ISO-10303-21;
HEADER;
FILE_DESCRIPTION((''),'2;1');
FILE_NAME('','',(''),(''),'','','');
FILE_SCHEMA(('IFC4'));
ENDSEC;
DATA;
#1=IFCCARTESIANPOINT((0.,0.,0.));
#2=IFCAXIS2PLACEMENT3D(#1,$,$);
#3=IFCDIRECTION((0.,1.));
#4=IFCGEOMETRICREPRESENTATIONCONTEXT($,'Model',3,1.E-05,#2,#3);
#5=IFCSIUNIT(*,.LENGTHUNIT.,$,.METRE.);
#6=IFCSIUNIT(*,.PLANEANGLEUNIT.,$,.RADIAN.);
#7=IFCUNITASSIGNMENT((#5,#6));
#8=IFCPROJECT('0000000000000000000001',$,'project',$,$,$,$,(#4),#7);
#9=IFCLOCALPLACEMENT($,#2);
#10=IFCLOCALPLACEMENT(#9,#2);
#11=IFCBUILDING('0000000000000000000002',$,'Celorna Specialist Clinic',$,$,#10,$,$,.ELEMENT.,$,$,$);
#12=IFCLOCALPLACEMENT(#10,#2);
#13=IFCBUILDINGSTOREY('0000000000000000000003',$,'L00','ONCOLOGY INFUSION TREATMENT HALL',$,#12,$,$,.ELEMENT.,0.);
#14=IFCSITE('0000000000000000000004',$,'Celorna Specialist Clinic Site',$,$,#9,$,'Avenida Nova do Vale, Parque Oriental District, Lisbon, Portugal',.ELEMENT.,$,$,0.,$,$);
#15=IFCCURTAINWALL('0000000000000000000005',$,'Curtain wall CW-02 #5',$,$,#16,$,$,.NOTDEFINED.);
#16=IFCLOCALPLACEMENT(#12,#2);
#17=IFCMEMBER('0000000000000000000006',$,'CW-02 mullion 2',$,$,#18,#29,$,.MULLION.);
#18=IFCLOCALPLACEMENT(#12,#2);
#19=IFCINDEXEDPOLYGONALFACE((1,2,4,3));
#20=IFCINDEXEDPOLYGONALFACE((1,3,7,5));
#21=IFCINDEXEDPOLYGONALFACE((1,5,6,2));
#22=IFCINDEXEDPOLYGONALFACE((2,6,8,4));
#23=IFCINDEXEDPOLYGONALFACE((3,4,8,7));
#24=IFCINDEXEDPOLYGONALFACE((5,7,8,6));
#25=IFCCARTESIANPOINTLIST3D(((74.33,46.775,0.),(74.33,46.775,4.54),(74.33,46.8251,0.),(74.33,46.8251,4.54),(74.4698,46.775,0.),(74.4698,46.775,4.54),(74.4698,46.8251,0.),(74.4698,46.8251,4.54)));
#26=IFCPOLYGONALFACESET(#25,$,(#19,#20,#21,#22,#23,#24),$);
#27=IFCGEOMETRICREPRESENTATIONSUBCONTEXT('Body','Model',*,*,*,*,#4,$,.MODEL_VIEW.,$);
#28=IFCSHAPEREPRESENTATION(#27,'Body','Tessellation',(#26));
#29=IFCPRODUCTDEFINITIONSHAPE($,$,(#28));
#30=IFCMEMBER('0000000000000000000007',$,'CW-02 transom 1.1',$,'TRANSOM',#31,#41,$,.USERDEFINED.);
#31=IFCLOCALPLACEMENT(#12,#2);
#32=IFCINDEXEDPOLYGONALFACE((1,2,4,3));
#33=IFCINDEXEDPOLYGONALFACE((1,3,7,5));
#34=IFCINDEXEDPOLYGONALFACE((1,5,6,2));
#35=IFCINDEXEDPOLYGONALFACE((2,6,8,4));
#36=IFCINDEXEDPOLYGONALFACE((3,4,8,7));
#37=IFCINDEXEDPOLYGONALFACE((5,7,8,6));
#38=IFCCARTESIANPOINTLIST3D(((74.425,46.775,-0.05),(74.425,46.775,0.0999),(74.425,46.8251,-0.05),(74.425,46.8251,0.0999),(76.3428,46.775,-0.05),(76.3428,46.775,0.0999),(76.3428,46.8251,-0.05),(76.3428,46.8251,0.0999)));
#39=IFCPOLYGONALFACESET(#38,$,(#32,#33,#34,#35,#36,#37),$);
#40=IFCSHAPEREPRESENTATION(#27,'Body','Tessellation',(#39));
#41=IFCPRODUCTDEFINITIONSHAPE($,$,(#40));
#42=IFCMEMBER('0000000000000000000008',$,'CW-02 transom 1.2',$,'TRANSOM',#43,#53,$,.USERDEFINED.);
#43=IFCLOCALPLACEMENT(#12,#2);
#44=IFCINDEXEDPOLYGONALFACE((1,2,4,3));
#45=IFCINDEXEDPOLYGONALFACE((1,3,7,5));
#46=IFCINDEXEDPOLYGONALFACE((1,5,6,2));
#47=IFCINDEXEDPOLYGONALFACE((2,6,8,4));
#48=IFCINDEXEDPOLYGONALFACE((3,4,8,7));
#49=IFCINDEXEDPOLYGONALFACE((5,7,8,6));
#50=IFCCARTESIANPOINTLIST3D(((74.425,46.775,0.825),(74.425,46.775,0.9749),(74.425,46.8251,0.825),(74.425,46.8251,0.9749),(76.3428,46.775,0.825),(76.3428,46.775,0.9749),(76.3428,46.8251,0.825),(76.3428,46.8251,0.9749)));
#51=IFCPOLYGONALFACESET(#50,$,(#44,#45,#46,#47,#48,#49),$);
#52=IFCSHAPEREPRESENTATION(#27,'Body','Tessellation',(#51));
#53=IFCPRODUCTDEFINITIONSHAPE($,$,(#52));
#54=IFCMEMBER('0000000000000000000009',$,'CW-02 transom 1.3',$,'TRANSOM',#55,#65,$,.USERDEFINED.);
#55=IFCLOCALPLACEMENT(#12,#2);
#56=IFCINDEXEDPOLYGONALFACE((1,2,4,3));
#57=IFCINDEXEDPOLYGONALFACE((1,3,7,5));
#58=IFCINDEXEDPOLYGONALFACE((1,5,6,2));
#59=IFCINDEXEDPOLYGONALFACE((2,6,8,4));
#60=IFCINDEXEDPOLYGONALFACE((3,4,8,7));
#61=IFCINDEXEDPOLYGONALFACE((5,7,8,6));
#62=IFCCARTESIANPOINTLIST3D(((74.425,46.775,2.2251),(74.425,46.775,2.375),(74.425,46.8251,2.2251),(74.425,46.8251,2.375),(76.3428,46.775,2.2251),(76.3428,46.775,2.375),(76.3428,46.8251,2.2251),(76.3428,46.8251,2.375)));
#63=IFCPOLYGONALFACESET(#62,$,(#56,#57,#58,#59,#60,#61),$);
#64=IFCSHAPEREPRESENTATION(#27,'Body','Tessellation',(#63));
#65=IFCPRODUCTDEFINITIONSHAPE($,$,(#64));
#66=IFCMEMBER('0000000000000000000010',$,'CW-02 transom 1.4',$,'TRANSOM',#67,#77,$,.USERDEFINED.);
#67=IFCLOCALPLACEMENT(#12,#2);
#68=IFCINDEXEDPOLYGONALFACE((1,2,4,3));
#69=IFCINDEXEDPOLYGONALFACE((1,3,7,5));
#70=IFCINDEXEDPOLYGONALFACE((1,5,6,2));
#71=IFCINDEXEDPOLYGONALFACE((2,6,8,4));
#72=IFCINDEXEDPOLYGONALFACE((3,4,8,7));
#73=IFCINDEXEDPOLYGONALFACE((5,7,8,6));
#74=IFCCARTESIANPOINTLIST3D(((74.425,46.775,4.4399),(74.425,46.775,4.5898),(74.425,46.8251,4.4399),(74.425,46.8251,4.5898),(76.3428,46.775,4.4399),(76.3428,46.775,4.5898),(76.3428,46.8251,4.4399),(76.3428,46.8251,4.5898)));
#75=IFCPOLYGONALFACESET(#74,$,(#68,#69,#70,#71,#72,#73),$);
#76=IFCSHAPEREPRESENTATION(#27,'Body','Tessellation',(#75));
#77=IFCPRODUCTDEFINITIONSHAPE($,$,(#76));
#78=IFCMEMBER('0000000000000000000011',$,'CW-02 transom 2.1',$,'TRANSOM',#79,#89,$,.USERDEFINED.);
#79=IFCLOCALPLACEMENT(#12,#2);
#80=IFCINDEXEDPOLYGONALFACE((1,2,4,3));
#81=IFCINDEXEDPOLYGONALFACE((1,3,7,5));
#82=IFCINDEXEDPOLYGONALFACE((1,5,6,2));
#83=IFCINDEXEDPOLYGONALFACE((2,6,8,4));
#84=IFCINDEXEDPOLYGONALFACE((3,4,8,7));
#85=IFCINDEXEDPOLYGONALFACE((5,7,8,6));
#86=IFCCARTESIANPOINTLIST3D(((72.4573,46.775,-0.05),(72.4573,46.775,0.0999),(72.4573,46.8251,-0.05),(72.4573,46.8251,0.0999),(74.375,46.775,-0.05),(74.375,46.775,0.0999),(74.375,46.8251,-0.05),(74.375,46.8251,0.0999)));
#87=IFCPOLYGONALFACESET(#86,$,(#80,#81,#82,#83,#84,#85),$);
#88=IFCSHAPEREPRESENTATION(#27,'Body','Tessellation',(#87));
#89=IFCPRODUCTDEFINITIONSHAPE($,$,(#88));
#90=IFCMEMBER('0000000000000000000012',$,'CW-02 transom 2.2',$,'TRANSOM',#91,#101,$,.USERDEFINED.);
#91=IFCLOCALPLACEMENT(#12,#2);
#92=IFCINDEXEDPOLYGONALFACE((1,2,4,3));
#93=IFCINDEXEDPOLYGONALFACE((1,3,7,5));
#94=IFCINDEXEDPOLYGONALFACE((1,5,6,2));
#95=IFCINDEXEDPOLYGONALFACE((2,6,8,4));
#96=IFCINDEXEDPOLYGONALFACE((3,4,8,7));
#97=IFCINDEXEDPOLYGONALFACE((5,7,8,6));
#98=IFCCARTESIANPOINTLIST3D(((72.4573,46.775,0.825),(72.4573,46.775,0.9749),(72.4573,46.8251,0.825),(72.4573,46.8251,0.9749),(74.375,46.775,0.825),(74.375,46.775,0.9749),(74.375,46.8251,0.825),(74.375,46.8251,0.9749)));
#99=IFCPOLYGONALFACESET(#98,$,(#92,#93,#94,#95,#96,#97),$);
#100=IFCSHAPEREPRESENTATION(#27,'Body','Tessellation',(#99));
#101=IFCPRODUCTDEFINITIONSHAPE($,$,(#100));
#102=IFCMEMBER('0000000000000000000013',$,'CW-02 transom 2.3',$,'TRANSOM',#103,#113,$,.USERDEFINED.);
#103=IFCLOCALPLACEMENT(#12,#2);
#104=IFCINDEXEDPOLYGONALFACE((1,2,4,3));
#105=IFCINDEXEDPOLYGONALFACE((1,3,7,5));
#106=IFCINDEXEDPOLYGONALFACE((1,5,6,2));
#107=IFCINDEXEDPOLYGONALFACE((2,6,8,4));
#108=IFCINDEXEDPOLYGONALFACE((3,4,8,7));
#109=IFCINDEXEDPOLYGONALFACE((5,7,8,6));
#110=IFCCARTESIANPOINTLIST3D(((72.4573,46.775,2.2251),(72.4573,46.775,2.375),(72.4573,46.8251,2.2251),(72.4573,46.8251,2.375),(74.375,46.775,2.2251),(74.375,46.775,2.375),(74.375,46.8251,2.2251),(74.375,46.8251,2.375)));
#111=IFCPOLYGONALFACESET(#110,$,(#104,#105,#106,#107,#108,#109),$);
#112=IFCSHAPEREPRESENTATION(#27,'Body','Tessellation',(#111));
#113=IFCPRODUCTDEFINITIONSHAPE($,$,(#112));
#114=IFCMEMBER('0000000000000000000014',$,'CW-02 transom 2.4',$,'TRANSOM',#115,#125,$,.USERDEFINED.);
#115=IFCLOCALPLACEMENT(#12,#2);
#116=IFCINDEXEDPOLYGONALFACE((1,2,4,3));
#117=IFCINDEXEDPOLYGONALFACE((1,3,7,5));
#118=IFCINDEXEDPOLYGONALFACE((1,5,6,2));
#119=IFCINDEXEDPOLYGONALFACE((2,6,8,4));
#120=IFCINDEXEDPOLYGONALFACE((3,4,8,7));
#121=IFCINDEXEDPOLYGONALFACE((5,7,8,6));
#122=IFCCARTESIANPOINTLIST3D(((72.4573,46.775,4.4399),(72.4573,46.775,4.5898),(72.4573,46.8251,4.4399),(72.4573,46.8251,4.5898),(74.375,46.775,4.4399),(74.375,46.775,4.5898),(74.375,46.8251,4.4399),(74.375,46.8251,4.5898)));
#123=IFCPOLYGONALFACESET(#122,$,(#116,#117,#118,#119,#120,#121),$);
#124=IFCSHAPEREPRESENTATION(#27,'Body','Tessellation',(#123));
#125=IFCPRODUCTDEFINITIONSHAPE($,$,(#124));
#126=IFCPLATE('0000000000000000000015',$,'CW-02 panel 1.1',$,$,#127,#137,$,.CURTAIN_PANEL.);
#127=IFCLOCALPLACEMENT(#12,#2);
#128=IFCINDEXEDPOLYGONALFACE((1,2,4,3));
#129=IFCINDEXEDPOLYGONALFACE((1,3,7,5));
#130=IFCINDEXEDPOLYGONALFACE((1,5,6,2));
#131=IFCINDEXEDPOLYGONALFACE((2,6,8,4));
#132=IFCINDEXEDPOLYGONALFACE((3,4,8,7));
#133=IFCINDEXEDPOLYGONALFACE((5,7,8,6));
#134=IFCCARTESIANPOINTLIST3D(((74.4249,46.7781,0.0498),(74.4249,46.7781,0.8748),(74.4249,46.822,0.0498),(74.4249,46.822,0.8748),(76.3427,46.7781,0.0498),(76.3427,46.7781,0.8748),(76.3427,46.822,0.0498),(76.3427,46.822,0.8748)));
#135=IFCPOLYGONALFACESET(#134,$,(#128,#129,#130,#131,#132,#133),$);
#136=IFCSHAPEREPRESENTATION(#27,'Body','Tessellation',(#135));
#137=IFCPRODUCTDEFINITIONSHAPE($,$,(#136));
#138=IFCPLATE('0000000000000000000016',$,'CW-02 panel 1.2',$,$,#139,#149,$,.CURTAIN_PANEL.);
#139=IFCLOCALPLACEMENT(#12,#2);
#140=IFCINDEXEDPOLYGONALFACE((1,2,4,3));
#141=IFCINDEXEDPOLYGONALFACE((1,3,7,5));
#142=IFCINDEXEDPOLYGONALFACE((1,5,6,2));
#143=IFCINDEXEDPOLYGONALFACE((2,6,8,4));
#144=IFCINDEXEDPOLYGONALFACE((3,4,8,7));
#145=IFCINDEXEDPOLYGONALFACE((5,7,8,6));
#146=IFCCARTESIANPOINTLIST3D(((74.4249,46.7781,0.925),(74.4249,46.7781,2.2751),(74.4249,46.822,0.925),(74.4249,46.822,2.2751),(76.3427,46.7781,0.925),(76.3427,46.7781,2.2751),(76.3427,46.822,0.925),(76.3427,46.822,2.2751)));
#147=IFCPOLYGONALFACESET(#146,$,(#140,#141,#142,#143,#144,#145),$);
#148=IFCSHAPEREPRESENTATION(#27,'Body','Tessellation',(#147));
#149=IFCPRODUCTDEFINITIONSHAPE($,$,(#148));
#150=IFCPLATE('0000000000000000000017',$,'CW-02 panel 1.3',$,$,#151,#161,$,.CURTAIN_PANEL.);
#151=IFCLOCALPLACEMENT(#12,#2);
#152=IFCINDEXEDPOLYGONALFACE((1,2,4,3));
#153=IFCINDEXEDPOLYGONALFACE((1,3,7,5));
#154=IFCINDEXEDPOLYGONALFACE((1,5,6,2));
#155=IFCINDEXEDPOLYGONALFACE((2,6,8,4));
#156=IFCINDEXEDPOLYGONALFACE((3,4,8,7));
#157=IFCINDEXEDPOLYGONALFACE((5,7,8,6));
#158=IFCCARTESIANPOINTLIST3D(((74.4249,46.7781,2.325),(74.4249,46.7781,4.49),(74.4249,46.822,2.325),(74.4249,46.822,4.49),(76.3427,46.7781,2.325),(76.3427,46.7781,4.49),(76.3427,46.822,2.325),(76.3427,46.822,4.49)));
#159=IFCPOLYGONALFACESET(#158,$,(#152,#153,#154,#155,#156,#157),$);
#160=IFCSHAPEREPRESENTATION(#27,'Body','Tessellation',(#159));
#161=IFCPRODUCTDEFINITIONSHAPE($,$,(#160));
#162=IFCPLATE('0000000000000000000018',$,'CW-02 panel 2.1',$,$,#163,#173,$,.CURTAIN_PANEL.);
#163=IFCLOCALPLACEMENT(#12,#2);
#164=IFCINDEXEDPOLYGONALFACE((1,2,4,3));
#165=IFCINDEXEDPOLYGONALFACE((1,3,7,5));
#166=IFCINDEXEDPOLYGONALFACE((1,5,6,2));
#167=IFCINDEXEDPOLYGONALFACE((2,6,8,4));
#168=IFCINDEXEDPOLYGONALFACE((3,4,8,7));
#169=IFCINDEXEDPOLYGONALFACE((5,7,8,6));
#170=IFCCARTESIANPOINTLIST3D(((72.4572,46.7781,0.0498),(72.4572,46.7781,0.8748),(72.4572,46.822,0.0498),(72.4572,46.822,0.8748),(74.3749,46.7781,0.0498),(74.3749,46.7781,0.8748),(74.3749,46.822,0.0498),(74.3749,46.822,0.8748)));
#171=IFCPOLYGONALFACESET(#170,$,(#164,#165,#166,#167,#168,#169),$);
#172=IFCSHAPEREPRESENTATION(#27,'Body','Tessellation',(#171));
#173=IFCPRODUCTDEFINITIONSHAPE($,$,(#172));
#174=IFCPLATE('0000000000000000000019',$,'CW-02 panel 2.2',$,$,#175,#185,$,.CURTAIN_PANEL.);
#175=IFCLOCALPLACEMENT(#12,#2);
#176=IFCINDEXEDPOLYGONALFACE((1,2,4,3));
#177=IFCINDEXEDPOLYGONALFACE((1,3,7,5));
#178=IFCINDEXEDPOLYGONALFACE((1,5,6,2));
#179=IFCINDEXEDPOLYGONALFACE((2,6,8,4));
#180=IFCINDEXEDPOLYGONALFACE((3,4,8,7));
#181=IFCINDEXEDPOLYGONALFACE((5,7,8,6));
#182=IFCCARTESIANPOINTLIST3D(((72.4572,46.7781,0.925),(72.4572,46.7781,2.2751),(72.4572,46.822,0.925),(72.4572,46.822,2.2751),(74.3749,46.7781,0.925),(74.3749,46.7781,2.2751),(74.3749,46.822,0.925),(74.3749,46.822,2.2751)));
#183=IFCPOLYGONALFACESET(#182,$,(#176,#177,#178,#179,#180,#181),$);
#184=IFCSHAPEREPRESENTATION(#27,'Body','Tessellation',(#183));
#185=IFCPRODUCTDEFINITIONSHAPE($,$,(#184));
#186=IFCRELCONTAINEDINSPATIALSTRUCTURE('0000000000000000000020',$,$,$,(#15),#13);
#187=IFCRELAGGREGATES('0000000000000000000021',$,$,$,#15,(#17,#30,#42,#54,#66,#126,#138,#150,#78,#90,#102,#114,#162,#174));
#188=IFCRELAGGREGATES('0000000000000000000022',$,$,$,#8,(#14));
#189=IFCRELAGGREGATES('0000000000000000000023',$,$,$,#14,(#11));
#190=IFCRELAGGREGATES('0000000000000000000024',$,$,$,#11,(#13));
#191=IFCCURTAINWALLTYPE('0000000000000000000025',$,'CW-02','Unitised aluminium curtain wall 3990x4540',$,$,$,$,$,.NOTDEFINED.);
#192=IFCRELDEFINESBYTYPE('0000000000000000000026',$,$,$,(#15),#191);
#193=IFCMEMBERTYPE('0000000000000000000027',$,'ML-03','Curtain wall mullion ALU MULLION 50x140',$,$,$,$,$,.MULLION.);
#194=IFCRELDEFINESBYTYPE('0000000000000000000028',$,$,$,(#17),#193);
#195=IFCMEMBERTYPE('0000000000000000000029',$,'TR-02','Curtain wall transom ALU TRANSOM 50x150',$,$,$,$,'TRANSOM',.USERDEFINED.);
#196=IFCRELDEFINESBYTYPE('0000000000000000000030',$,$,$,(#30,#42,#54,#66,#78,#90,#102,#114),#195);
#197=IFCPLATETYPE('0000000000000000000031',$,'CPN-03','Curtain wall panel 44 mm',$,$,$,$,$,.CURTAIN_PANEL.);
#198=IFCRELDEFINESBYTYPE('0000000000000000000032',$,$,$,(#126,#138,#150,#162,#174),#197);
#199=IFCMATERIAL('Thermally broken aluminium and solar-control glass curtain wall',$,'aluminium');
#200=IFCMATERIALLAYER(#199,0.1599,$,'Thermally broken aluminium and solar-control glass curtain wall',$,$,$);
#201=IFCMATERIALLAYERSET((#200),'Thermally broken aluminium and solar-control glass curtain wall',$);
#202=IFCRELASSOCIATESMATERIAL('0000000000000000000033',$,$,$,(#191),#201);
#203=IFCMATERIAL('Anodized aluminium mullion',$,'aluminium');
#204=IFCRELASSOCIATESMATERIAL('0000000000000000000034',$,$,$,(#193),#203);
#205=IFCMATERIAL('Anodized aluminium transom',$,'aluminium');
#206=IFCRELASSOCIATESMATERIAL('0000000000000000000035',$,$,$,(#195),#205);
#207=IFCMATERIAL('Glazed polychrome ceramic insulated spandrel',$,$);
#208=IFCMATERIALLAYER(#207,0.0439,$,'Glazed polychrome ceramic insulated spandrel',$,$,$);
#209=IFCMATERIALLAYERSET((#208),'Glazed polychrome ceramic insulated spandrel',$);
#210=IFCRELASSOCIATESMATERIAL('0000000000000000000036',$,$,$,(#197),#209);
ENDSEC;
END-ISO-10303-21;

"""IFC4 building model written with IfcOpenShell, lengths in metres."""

from ifc_helpers import new_model, si_unit, direction, frame, origin, origin_2d, place, context, subcontext, project, spatial, rectangle, extrude, material, layer, layer_set, material_profile, profile_set, type_object, element, aggregate, save


model = new_model("IFC4")

# Units and contexts
model_context = context("Model", 3, precision=1e-05, world=origin(), true_north=direction((0.0, 1.0)))
body_context = subcontext(model_context, "Body", "Model", "MODEL_VIEW")
ifc_project = project(units=[si_unit("LENGTHUNIT", "METRE"), si_unit("PLANEANGLEUNIT", "RADIAN")], contexts=[model_context])

# Site, building, storey
site_placement = place(None, origin())
site = spatial("IfcSite", under=ifc_project, at=site_placement, Name="Celorna Specialist Clinic Site", LongName="Avenida Nova do Vale, Parque Oriental District, Lisbon, Portugal", CompositionType="ELEMENT", RefElevation=0.0)
building_placement = place(site_placement, origin())
building = spatial("IfcBuilding", under=site, at=building_placement, Name="Celorna Specialist Clinic", CompositionType="ELEMENT")
storey_placement = place(building_placement, origin())
storey = spatial("IfcBuildingStorey", under=building, at=storey_placement, Name="L00", Description="ONCOLOGY INFUSION TREATMENT HALL", CompositionType="ELEMENT", Elevation=0.0)

# Shared definitions
ifc_material_1 = material(Name="Thermally broken aluminium and solar-control glass curtain wall", Category="aluminium")
ifc_material_2 = material(Name="Anodized aluminium mullion", Category="aluminium")

# Curtain wall, members, plates
ifc_layer_1 = layer(ifc_material_1, 0.1599, Name="Thermally broken aluminium and solar-control glass curtain wall")
ifc_layer_set_1 = layer_set([ifc_layer_1], Name="Thermally broken aluminium and solar-control glass curtain wall")
curtain_wall_type_1 = type_object("IfcCurtainWallType", Name="CW-02", Description="Unitised aluminium curtain wall 3990x4540", PredefinedType="NOTDEFINED", material=ifc_layer_set_1)
curtain_wall_1_placement = place(storey_placement, origin())
curtain_wall_1 = element("IfcCurtainWall", 1, at=curtain_wall_1_placement, inside=storey, type_object=curtain_wall_type_1, Name="Curtain wall CW-02 #5", PredefinedType="NOTDEFINED")
ifc_material_profile_1 = material_profile(ifc_material_2, rectangle(XDim=0.05, YDim=0.1399, at=origin_2d()), Name="ALU MULLION 50x140")
ifc_profile_set_1 = profile_set([ifc_material_profile_1], Name="Anodized aluminium mullion")
member_type_1 = type_object("IfcMemberType", Name="ML-03", Description="Curtain wall mullion ALU MULLION 50x140", PredefinedType="MULLION", material=ifc_profile_set_1)
member_1_placement = place(storey_placement, frame((74.3999, 46.8, 0.0), z_axis=(0.0, 0.0, 1.0), x_axis=(0.0, -1.0, 0.0)))
member_1 = element("IfcMember", 2, at=member_1_placement, type_object=member_type_1, Name="CW-02 mullion 2", PredefinedType="MULLION", context=body_context, shape_type="SweptSolid", body=[
    extrude(rectangle(XDim=0.05, YDim=0.1399, at=origin_2d()), origin(), (0.0, 0.0, 1.0), 4.54),
])
ifc_material_3 = material(Name="Anodized aluminium transom", Category="aluminium")
ifc_material_profile_2 = material_profile(ifc_material_3, rectangle(XDim=0.05, YDim=0.1499, at=origin_2d()), Name="ALU TRANSOM 50x150")
ifc_profile_set_2 = profile_set([ifc_material_profile_2], Name="Anodized aluminium transom")
member_type_2 = type_object("IfcMemberType", Name="TR-02", Description="Curtain wall transom ALU TRANSOM 50x150", ElementType="TRANSOM", PredefinedType="USERDEFINED", material=ifc_profile_set_2)
member_2_placement = place(storey_placement, frame((76.3428, 46.8, 0.0249), z_axis=(-1.0, 0.0, 0.0), x_axis=(0.0, -1.0, 0.0)))
member_2 = element("IfcMember", 3, at=member_2_placement, type_object=member_type_2, Name="CW-02 transom 1.1", ObjectType="TRANSOM", PredefinedType="USERDEFINED", context=body_context, shape_type="SweptSolid", body=[
    extrude(rectangle(XDim=0.05, YDim=0.1499, at=origin_2d()), origin(), (0.0, 0.0, 1.0), 1.9177),
])
member_3_placement = place(storey_placement, frame((76.3428, 46.8, 0.8999), z_axis=(-1.0, 0.0, 0.0), x_axis=(0.0, -1.0, 0.0)))
member_3 = element("IfcMember", 4, at=member_3_placement, type_object=member_type_2, Name="CW-02 transom 1.2", ObjectType="TRANSOM", PredefinedType="USERDEFINED", context=body_context, shape_type="SweptSolid", body=[
    extrude(rectangle(XDim=0.05, YDim=0.1499, at=origin_2d()), origin(), (0.0, 0.0, 1.0), 1.9177),
])
member_4_placement = place(storey_placement, frame((76.3428, 46.8, 2.3), z_axis=(-1.0, 0.0, 0.0), x_axis=(0.0, -1.0, 0.0)))
member_4 = element("IfcMember", 5, at=member_4_placement, type_object=member_type_2, Name="CW-02 transom 1.3", ObjectType="TRANSOM", PredefinedType="USERDEFINED", context=body_context, shape_type="SweptSolid", body=[
    extrude(rectangle(XDim=0.05, YDim=0.1499, at=origin_2d()), origin(), (0.0, 0.0, 1.0), 1.9177),
])
member_5_placement = place(storey_placement, frame((76.3428, 46.8, 4.5149), z_axis=(-1.0, 0.0, 0.0), x_axis=(0.0, -1.0, 0.0)))
member_5 = element("IfcMember", 6, at=member_5_placement, type_object=member_type_2, Name="CW-02 transom 1.4", ObjectType="TRANSOM", PredefinedType="USERDEFINED", context=body_context, shape_type="SweptSolid", body=[
    extrude(rectangle(XDim=0.05, YDim=0.1499, at=origin_2d()), origin(), (0.0, 0.0, 1.0), 1.9177),
])
member_6_placement = place(storey_placement, frame((74.375, 46.8, 0.0249), z_axis=(-1.0, 0.0, 0.0), x_axis=(0.0, -1.0, 0.0)))
member_6 = element("IfcMember", 7, at=member_6_placement, type_object=member_type_2, Name="CW-02 transom 2.1", ObjectType="TRANSOM", PredefinedType="USERDEFINED", context=body_context, shape_type="SweptSolid", body=[
    extrude(rectangle(XDim=0.05, YDim=0.1499, at=origin_2d()), origin(), (0.0, 0.0, 1.0), 1.9177),
])
member_7_placement = place(storey_placement, frame((74.375, 46.8, 0.8999), z_axis=(-1.0, 0.0, 0.0), x_axis=(0.0, -1.0, 0.0)))
member_7 = element("IfcMember", 8, at=member_7_placement, type_object=member_type_2, Name="CW-02 transom 2.2", ObjectType="TRANSOM", PredefinedType="USERDEFINED", context=body_context, shape_type="SweptSolid", body=[
    extrude(rectangle(XDim=0.05, YDim=0.1499, at=origin_2d()), origin(), (0.0, 0.0, 1.0), 1.9177),
])
member_8_placement = place(storey_placement, frame((74.375, 46.8, 2.3), z_axis=(-1.0, 0.0, 0.0), x_axis=(0.0, -1.0, 0.0)))
member_8 = element("IfcMember", 9, at=member_8_placement, type_object=member_type_2, Name="CW-02 transom 2.3", ObjectType="TRANSOM", PredefinedType="USERDEFINED", context=body_context, shape_type="SweptSolid", body=[
    extrude(rectangle(XDim=0.05, YDim=0.1499, at=origin_2d()), origin(), (0.0, 0.0, 1.0), 1.9177),
])
member_9_placement = place(storey_placement, frame((74.375, 46.8, 4.5149), z_axis=(-1.0, 0.0, 0.0), x_axis=(0.0, -1.0, 0.0)))
member_9 = element("IfcMember", 10, at=member_9_placement, type_object=member_type_2, Name="CW-02 transom 2.4", ObjectType="TRANSOM", PredefinedType="USERDEFINED", context=body_context, shape_type="SweptSolid", body=[
    extrude(rectangle(XDim=0.05, YDim=0.1499, at=origin_2d()), origin(), (0.0, 0.0, 1.0), 1.9177),
])
ifc_material_4 = material(Name="Glazed polychrome ceramic insulated spandrel")
ifc_layer_2 = layer(ifc_material_4, 0.0439, Name="Glazed polychrome ceramic insulated spandrel")
ifc_layer_set_2 = layer_set([ifc_layer_2], Name="Glazed polychrome ceramic insulated spandrel")
plate_type = type_object("IfcPlateType", Name="CPN-03", Description="Curtain wall panel 44 mm", PredefinedType="CURTAIN_PANEL", material=ifc_layer_set_2)
plate_1_placement = place(storey_placement, frame((75.3838, 46.8, 0.0498), z_axis=(0.0, 0.0, 1.0), x_axis=(-1.0, 0.0, 0.0)))
plate_1 = element("IfcPlate", 11, at=plate_1_placement, type_object=plate_type, Name="CW-02 panel 1.1", PredefinedType="CURTAIN_PANEL", context=body_context, shape_type="SweptSolid", body=[
    extrude(rectangle(XDim=1.9177, YDim=0.0439, at=origin_2d()), origin(), (0.0, 0.0, 1.0), 0.825),
])
plate_2_placement = place(storey_placement, frame((75.3838, 46.8, 0.925), z_axis=(0.0, 0.0, 1.0), x_axis=(-1.0, 0.0, 0.0)))
plate_2 = element("IfcPlate", 12, at=plate_2_placement, type_object=plate_type, Name="CW-02 panel 1.2", PredefinedType="CURTAIN_PANEL", context=body_context, shape_type="SweptSolid", body=[
    extrude(rectangle(XDim=1.9177, YDim=0.0439, at=origin_2d()), origin(), (0.0, 0.0, 1.0), 1.3501),
])
plate_3_placement = place(storey_placement, frame((75.3838, 46.8, 2.325), z_axis=(0.0, 0.0, 1.0), x_axis=(-1.0, 0.0, 0.0)))
plate_3 = element("IfcPlate", 13, at=plate_3_placement, type_object=plate_type, Name="CW-02 panel 1.3", PredefinedType="CURTAIN_PANEL", context=body_context, shape_type="SweptSolid", body=[
    extrude(rectangle(XDim=1.9177, YDim=0.0439, at=origin_2d()), origin(), (0.0, 0.0, 1.0), 2.165),
])
plate_4_placement = place(storey_placement, frame((73.416, 46.8, 0.0498), z_axis=(0.0, 0.0, 1.0), x_axis=(-1.0, 0.0, 0.0)))
plate_4 = element("IfcPlate", 14, at=plate_4_placement, type_object=plate_type, Name="CW-02 panel 2.1", PredefinedType="CURTAIN_PANEL", context=body_context, shape_type="SweptSolid", body=[
    extrude(rectangle(XDim=1.9177, YDim=0.0439, at=origin_2d()), origin(), (0.0, 0.0, 1.0), 0.825),
])
plate_5_placement = place(storey_placement, frame((73.416, 46.8, 0.925), z_axis=(0.0, 0.0, 1.0), x_axis=(-1.0, 0.0, 0.0)))
plate_5 = element("IfcPlate", 15, at=plate_5_placement, type_object=plate_type, Name="CW-02 panel 2.2", PredefinedType="CURTAIN_PANEL", context=body_context, shape_type="SweptSolid", body=[
    extrude(rectangle(XDim=1.9177, YDim=0.0439, at=origin_2d()), origin(), (0.0, 0.0, 1.0), 1.3501),
])
aggregate(curtain_wall_1, [member_1, member_2, member_3, member_4, member_5, plate_1, plate_2, plate_3, member_6, member_7, member_8, member_9, plate_4, plate_5])

save(model, "model.ifc")
